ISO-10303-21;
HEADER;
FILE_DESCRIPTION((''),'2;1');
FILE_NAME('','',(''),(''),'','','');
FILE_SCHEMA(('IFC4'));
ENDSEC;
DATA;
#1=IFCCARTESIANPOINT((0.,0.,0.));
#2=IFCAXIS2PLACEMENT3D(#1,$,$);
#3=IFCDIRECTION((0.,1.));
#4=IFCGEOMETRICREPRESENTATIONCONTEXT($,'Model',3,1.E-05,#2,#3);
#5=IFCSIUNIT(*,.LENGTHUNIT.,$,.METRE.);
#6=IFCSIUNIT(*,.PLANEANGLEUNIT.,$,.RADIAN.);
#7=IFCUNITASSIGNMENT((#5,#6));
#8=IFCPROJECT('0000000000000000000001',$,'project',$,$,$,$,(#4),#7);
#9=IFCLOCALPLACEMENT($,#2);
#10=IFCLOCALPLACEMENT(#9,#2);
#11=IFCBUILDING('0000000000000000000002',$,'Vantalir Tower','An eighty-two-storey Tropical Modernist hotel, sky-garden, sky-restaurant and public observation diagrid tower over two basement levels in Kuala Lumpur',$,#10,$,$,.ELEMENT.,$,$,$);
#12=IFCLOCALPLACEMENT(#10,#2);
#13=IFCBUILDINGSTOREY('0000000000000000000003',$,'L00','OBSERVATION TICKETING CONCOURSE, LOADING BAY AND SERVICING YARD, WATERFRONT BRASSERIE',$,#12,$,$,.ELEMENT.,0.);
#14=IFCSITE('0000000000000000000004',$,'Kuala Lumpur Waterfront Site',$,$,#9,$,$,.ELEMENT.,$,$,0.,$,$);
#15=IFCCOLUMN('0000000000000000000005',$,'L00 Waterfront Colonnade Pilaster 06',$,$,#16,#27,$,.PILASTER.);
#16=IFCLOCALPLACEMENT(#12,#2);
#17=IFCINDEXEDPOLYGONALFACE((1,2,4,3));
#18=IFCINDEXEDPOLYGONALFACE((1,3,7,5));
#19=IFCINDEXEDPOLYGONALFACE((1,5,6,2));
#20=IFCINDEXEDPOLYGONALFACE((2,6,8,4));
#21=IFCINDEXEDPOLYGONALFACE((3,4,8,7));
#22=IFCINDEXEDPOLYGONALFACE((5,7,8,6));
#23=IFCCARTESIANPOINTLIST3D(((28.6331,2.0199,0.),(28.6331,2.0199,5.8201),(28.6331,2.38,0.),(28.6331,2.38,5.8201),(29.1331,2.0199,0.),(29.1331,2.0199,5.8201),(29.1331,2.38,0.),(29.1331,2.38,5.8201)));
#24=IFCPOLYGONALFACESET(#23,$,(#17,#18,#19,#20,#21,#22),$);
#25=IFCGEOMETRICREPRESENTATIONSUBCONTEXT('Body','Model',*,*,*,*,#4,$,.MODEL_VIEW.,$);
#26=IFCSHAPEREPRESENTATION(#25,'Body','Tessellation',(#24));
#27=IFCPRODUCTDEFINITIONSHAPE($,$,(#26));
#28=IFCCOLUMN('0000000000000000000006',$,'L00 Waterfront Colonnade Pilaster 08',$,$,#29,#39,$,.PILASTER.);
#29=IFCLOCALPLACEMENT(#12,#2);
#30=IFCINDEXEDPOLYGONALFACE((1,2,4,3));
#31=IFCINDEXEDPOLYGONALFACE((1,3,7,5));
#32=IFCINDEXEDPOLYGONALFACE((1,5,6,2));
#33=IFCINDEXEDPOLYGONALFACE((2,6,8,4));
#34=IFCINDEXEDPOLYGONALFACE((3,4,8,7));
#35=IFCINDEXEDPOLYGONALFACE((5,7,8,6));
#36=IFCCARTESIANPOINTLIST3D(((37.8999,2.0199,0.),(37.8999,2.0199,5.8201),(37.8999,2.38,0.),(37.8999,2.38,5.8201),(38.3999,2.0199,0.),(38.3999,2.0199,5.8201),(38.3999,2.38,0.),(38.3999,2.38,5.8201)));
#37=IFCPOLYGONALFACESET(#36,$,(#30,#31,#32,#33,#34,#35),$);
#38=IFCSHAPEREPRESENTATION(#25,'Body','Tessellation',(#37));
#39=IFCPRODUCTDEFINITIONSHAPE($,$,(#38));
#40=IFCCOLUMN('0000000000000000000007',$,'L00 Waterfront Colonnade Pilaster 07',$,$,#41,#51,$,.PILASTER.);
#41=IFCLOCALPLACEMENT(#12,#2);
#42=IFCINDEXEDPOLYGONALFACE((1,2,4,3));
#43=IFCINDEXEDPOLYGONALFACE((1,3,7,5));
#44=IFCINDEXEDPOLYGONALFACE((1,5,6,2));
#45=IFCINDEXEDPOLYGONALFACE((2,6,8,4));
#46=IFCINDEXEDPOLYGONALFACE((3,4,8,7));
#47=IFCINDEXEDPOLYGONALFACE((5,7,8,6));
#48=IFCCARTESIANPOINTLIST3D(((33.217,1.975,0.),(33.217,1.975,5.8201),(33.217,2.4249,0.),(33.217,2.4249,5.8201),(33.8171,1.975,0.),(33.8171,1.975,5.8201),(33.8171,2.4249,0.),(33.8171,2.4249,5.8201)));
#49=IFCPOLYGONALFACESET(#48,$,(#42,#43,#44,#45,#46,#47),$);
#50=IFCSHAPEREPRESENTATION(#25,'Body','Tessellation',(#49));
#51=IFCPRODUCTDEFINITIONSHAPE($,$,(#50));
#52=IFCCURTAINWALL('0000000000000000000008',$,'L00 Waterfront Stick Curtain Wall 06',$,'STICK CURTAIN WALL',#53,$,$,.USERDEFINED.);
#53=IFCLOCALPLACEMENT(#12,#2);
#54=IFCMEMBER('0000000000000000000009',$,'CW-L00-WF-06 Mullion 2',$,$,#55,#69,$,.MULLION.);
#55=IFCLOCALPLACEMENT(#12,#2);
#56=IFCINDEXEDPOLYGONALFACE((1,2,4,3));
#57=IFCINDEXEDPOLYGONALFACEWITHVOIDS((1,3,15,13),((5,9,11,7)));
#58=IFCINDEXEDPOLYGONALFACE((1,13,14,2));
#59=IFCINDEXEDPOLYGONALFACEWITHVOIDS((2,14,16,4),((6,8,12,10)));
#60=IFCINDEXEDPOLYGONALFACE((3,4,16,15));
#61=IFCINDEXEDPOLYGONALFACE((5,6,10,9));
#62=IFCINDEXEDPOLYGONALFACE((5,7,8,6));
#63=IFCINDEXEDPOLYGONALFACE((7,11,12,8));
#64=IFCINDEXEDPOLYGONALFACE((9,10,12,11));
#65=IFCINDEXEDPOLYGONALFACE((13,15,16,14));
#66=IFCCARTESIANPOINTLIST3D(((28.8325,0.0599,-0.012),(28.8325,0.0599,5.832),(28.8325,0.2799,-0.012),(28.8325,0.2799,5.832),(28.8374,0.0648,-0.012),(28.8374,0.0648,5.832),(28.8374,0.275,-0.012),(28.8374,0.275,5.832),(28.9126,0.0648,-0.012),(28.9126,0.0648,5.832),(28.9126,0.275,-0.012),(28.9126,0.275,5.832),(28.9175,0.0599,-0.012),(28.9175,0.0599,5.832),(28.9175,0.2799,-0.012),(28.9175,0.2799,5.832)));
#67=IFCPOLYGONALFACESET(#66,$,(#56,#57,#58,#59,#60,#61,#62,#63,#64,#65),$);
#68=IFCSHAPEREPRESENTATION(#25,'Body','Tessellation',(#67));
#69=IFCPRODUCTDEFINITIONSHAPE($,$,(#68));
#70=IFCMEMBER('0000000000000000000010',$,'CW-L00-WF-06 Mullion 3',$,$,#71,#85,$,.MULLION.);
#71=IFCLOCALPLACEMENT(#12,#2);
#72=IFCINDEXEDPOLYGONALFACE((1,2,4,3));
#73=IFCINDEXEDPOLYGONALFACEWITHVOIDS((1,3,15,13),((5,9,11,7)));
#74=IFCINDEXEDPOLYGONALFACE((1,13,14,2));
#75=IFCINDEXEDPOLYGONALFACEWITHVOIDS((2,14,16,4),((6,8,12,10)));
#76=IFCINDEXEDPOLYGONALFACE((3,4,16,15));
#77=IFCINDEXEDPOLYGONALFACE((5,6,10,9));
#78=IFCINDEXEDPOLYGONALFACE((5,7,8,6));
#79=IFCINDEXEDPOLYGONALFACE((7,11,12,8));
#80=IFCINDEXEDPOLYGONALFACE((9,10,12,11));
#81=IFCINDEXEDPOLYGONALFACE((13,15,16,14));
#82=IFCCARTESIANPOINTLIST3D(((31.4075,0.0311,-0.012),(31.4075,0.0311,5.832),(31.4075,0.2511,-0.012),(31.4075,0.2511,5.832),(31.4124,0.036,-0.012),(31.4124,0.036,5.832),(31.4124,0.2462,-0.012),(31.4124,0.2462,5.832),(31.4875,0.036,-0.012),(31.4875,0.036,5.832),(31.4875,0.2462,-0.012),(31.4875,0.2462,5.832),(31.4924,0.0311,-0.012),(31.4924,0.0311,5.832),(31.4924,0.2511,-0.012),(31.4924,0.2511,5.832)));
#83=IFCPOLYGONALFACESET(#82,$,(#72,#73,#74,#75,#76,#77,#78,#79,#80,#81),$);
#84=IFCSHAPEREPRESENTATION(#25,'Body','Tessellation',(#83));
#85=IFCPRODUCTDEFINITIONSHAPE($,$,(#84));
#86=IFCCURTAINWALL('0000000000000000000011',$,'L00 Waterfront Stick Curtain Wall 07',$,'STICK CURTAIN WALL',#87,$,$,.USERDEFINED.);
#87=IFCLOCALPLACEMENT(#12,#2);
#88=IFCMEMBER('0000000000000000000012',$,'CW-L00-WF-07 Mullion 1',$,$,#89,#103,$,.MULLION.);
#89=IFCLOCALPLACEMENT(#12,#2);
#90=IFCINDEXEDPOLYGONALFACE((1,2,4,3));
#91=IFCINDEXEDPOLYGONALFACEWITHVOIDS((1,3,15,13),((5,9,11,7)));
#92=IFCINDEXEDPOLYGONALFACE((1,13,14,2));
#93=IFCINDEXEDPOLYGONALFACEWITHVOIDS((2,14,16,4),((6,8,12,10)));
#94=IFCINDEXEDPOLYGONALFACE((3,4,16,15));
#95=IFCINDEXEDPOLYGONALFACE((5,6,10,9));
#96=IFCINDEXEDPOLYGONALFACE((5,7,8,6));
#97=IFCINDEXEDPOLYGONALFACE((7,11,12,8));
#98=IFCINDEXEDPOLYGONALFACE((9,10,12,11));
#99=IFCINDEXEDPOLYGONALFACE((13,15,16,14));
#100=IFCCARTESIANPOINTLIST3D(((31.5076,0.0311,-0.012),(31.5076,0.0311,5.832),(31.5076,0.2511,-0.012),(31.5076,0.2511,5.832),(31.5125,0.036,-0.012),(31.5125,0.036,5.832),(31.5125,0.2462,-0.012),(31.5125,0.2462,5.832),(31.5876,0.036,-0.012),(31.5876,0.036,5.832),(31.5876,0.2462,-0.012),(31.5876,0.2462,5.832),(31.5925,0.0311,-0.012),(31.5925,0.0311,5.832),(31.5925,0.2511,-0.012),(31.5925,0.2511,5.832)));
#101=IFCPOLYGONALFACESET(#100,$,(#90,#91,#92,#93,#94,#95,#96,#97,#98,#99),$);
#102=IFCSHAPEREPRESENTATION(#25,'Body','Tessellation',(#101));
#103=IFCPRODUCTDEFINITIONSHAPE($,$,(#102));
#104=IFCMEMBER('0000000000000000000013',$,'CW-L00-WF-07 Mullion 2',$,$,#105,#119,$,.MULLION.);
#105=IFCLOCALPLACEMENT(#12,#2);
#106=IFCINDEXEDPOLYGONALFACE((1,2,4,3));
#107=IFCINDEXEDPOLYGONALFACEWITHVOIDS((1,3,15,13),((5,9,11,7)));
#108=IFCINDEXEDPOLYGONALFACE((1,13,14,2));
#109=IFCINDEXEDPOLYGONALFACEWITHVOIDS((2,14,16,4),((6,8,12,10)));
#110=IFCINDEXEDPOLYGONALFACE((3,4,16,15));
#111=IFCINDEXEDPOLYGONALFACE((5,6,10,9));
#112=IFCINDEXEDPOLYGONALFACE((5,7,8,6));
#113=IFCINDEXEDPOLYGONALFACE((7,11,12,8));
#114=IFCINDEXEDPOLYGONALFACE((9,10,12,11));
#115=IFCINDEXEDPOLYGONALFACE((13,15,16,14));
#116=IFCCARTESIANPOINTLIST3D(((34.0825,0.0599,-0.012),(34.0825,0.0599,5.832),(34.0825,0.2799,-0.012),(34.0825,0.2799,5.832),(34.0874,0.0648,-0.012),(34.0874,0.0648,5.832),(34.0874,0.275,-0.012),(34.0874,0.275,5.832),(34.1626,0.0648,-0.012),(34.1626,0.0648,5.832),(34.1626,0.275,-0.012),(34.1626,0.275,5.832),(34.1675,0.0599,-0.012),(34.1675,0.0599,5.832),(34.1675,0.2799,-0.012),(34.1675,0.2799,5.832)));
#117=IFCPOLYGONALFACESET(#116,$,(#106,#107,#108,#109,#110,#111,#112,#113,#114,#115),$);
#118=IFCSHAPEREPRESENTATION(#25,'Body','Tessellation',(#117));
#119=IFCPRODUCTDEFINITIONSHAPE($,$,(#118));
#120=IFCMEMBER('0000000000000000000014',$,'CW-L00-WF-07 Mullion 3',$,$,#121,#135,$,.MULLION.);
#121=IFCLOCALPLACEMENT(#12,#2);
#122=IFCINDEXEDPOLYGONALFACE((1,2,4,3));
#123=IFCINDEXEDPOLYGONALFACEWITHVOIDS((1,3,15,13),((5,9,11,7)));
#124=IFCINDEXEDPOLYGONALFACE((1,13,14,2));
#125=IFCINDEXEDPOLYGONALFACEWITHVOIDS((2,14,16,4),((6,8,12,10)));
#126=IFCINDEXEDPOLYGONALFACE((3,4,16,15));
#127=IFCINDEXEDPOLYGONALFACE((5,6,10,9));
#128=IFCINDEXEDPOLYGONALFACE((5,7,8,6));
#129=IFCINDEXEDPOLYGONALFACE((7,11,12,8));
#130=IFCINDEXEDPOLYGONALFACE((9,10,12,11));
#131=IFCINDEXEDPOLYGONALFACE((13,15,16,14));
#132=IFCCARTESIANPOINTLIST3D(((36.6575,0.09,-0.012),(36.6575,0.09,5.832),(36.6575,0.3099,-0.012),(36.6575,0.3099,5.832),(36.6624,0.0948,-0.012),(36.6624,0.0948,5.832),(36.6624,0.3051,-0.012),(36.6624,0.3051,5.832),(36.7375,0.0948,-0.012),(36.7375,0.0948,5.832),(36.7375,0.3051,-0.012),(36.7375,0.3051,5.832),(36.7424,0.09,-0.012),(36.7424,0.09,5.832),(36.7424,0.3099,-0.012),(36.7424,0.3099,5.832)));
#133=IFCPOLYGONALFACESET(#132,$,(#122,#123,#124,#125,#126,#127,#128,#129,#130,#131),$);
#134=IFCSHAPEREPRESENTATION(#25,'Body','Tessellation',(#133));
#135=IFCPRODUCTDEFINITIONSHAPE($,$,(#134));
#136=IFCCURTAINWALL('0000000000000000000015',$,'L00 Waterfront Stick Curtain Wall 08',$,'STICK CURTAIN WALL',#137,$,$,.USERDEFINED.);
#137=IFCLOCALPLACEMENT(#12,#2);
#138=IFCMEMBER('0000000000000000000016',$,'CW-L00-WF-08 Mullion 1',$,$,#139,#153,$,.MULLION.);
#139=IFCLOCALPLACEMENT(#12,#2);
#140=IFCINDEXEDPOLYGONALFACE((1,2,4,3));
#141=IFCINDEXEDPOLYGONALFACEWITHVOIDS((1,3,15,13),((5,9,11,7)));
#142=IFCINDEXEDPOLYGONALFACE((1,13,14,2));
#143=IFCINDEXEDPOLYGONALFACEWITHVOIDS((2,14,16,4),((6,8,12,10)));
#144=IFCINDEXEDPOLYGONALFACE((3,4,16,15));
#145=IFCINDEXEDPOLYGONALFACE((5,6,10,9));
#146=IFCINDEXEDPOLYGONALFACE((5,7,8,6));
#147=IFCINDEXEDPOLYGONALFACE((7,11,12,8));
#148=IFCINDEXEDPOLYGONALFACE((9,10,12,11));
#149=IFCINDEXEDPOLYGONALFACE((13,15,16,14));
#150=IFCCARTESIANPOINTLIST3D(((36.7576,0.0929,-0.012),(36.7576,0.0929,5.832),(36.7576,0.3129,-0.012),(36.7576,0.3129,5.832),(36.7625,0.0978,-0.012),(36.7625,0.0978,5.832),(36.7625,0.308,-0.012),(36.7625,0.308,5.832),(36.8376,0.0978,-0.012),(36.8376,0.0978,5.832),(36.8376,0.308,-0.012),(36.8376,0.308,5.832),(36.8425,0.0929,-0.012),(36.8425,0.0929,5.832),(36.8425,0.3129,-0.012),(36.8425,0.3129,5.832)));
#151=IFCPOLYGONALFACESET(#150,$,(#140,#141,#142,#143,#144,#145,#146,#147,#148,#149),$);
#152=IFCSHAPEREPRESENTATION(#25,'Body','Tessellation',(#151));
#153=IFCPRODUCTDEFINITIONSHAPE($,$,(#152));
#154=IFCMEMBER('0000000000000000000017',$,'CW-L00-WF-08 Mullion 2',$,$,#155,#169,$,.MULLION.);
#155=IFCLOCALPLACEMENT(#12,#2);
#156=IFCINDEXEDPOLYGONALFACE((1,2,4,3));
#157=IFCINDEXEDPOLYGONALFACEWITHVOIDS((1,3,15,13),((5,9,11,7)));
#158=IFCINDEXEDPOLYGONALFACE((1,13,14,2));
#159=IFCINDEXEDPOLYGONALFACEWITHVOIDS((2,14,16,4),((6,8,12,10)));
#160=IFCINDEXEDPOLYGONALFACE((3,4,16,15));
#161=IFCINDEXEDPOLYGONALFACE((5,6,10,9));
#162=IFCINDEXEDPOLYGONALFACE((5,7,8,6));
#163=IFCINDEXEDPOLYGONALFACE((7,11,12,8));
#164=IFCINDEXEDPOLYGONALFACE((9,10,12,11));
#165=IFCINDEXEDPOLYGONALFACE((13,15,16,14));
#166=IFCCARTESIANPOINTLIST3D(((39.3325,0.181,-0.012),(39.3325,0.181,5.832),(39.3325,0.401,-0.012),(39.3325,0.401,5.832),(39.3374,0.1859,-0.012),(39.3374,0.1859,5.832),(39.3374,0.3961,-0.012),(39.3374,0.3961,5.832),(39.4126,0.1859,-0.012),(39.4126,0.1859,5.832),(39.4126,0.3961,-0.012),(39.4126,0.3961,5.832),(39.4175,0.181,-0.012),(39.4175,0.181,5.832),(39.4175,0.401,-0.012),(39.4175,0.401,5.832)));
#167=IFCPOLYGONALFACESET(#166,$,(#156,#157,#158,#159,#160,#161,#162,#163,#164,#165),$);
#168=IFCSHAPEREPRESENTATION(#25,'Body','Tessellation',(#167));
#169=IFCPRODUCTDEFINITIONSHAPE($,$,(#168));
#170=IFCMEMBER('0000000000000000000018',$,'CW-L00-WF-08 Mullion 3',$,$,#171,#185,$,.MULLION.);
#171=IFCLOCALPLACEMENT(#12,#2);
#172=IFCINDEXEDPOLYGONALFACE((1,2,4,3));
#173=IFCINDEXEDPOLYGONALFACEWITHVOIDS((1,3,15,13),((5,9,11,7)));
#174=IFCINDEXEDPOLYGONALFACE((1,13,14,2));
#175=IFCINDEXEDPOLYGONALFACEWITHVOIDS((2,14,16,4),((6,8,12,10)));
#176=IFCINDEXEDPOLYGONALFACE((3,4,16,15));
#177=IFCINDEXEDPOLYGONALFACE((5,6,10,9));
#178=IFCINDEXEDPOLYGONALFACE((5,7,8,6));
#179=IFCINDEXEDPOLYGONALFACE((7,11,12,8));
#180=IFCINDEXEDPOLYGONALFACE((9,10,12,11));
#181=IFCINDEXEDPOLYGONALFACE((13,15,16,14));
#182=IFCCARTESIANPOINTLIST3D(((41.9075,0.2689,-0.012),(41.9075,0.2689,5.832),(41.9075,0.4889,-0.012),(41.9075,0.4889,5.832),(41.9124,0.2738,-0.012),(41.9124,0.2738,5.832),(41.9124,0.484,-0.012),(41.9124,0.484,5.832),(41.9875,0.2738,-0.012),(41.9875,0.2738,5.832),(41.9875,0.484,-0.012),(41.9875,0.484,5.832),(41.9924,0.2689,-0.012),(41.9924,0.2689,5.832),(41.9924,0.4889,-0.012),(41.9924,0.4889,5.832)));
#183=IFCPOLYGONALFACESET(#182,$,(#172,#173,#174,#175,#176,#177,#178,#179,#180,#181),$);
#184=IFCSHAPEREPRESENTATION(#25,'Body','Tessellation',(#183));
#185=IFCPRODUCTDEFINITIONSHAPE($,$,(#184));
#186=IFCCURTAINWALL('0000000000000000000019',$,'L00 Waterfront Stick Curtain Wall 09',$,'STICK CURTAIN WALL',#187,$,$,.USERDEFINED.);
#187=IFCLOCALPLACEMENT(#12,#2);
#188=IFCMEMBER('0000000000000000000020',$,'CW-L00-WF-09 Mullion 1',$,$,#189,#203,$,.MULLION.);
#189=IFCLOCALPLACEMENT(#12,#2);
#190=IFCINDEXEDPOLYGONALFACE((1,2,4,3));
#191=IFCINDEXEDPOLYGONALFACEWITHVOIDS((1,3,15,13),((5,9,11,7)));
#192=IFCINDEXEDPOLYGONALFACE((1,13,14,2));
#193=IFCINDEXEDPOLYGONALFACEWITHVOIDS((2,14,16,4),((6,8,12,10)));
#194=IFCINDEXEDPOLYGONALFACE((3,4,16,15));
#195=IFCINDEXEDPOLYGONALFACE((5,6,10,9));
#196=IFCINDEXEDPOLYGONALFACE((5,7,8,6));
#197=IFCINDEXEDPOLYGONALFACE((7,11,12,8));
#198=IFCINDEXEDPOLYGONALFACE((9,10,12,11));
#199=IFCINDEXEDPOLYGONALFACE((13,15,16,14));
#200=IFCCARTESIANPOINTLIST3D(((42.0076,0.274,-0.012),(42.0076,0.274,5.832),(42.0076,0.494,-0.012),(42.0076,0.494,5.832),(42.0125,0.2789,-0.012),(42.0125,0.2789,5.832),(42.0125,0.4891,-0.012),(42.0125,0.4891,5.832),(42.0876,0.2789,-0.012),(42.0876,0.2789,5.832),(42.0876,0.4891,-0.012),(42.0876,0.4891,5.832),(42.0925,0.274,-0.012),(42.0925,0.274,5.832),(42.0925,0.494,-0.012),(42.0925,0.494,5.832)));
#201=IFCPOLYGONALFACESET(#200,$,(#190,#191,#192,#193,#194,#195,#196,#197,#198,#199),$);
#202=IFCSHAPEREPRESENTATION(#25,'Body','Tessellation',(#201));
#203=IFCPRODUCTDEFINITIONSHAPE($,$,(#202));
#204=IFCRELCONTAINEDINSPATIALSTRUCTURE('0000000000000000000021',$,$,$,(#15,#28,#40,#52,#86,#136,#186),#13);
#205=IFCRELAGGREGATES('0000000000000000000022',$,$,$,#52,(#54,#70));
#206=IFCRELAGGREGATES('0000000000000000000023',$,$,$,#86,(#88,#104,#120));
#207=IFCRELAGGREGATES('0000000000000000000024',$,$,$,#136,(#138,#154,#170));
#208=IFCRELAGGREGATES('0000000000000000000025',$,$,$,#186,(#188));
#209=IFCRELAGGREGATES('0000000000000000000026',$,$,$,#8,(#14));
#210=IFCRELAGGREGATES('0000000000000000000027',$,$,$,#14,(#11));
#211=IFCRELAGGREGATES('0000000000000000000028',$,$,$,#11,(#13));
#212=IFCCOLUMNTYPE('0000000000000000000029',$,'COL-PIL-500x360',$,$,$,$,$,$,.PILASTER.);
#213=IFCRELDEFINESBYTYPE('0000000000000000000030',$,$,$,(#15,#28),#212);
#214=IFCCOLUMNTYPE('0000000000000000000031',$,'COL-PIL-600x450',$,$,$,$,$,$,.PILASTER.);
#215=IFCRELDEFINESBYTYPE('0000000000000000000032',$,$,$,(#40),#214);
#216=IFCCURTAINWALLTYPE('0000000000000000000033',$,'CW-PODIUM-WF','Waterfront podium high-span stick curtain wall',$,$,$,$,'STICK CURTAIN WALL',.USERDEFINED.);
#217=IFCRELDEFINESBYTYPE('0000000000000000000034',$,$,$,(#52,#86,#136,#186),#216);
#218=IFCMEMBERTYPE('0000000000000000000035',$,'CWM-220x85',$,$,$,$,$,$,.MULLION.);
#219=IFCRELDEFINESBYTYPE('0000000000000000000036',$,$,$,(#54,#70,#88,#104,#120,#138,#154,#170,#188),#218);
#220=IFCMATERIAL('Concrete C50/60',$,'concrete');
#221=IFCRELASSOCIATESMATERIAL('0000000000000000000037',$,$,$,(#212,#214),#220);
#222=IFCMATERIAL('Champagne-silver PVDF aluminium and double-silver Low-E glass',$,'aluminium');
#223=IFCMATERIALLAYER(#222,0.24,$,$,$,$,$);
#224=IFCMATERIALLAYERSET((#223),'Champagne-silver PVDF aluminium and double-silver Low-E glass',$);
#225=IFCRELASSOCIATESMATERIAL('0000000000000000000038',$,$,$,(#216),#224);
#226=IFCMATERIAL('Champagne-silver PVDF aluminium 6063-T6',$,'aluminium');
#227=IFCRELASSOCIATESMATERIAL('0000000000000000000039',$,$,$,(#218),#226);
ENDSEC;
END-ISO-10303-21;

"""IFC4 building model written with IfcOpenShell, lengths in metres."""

from ifc_helpers import new_model, si_unit, direction, frame, origin, origin_2d, place, context, subcontext, project, spatial, rectangle, hollow_rectangle, extrude, material, layer, layer_set, material_profile, profile_set, type_object, element, aggregate, save


model = new_model("IFC4")

# Units and contexts
model_context = context("Model", 3, precision=1e-05, world=origin(), true_north=direction((0.0, 1.0)))
body_context = subcontext(model_context, "Body", "Model", "MODEL_VIEW")
ifc_project = project(units=[si_unit("LENGTHUNIT", "METRE"), si_unit("PLANEANGLEUNIT", "RADIAN")], contexts=[model_context])

# Site, building, storey
site_placement = place(None, origin())
site = spatial("IfcSite", under=ifc_project, at=site_placement, Name="Kuala Lumpur Waterfront Site", CompositionType="ELEMENT", RefElevation=0.0)
building_placement = place(site_placement, origin())
building = spatial("IfcBuilding", under=site, at=building_placement, Name="Vantalir Tower", Description="An eighty-two-storey Tropical Modernist hotel, sky-garden, sky-restaurant and public observation diagrid tower over two basement levels in Kuala Lumpur", CompositionType="ELEMENT")
storey_placement = place(building_placement, origin())
storey = spatial("IfcBuildingStorey", under=building, at=storey_placement, Name="L00", Description="OBSERVATION TICKETING CONCOURSE, LOADING BAY AND SERVICING YARD, WATERFRONT BRASSERIE", CompositionType="ELEMENT", Elevation=0.0)

# Columns
ifc_material_1 = material(Name="Concrete C50/60", Category="concrete")
ifc_material_profile_1 = material_profile(ifc_material_1, rectangle(XDim=0.5, YDim=0.3601, at=origin_2d()), Name="Concrete C50/60")
ifc_profile_set_1 = profile_set([ifc_material_profile_1], Name="Concrete C50/60")
column_type_1 = type_object("IfcColumnType", Name="COL-PIL-500x360", PredefinedType="PILASTER", material=ifc_profile_set_1)
for number, where, z_axis, x_axis, name in (
    (1, (28.8831, 2.2, 0.0), (0.0, 0.0, 1.0), (1.0, 0.0, 0.0), "L00 Waterfront Colonnade Pilaster 06"),
    (2, (38.1499, 2.2, 0.0), (0.0, 0.0, 1.0), (1.0, 0.0, 0.0), "L00 Waterfront Colonnade Pilaster 08"),
):
    element("IfcColumn", number, at=place(storey_placement, frame(where, z_axis=z_axis, x_axis=x_axis)), inside=storey, type_object=column_type_1, Name=name, PredefinedType="PILASTER", context=body_context, shape_type="SweptSolid", body=[
        extrude(rectangle(XDim=0.5, YDim=0.3601, at=origin_2d()), origin(), (0.0, 0.0, 1.0), 5.8201),
    ])
ifc_material_profile_2 = material_profile(ifc_material_1, rectangle(XDim=0.6001, YDim=0.45, at=origin_2d()), Name="Concrete C50/60")
ifc_profile_set_2 = profile_set([ifc_material_profile_2], Name="Concrete C50/60")
column_type_2 = type_object("IfcColumnType", Name="COL-PIL-600x450", PredefinedType="PILASTER", material=ifc_profile_set_2)
column_placement = place(storey_placement, frame((33.5171, 2.2, 0.0), z_axis=(0.0, 0.0, 1.0), x_axis=(1.0, 0.0, 0.0)))
element("IfcColumn", 3, at=column_placement, inside=storey, type_object=column_type_2, Name="L00 Waterfront Colonnade Pilaster 07", PredefinedType="PILASTER", context=body_context, shape_type="SweptSolid", body=[
    extrude(rectangle(XDim=0.6001, YDim=0.45, at=origin_2d()), origin(), (0.0, 0.0, 1.0), 5.8201),
])

# Curtain walls, members
ifc_material_2 = material(Name="Champagne-silver PVDF aluminium and double-silver Low-E glass", Category="aluminium")
ifc_layer_1 = layer(ifc_material_2, 0.24)
ifc_layer_set_1 = layer_set([ifc_layer_1], Name="Champagne-silver PVDF aluminium and double-silver Low-E glass")
curtain_wall_type = type_object("IfcCurtainWallType", Name="CW-PODIUM-WF", Description="Waterfront podium high-span stick curtain wall", ElementType="STICK CURTAIN WALL", PredefinedType="USERDEFINED", material=ifc_layer_set_1)
curtain_wall_1_placement = place(storey_placement, origin())
curtain_wall_1 = element("IfcCurtainWall", 4, at=curtain_wall_1_placement, inside=storey, type_object=curtain_wall_type, Name="L00 Waterfront Stick Curtain Wall 06", ObjectType="STICK CURTAIN WALL", PredefinedType="USERDEFINED")
ifc_material_3 = material(Name="Champagne-silver PVDF aluminium 6063-T6", Category="aluminium")
ifc_material_profile_3 = material_profile(ifc_material_3, hollow_rectangle(XDim=0.085, YDim=0.22, WallThickness=0.0049, at=origin_2d()), Name="Champagne-silver PVDF aluminium 6063-T6")
ifc_profile_set_3 = profile_set([ifc_material_profile_3], Name="Champagne-silver PVDF aluminium 6063-T6")
member_type_1 = type_object("IfcMemberType", Name="CWM-220x85", PredefinedType="MULLION", material=ifc_profile_set_3)
member_1_placement = place(storey_placement, frame((28.875, 0.1699, -0.012), z_axis=(0.0, 0.0, 1.0), x_axis=(1.0, 0.0, 0.0)))
member_1 = element("IfcMember", 5, at=member_1_placement, type_object=member_type_1, Name="CW-L00-WF-06 Mullion 2", PredefinedType="MULLION", context=body_context, shape_type="SweptSolid", body=[
    extrude(hollow_rectangle(XDim=0.085, YDim=0.22, WallThickness=0.0049, at=origin_2d()), origin(), (0.0, 0.0, 1.0), 5.844),
])
member_2_placement = place(storey_placement, frame((31.45, 0.1411, -0.012), z_axis=(0.0, 0.0, 1.0), x_axis=(1.0, 0.0, 0.0)))
member_2 = element("IfcMember", 6, at=member_2_placement, type_object=member_type_1, Name="CW-L00-WF-06 Mullion 3", PredefinedType="MULLION", context=body_context, shape_type="SweptSolid", body=[
    extrude(hollow_rectangle(XDim=0.085, YDim=0.22, WallThickness=0.0049, at=origin_2d()), origin(), (0.0, 0.0, 1.0), 5.844),
])
curtain_wall_2_placement = place(storey_placement, origin())
curtain_wall_2 = element("IfcCurtainWall", 7, at=curtain_wall_2_placement, inside=storey, type_object=curtain_wall_type, Name="L00 Waterfront Stick Curtain Wall 07", ObjectType="STICK CURTAIN WALL", PredefinedType="USERDEFINED")
member_3_placement = place(storey_placement, frame((31.55, 0.1411, -0.012), z_axis=(0.0, 0.0, 1.0), x_axis=(1.0, 0.0, 0.0)))
member_3 = element("IfcMember", 8, at=member_3_placement, type_object=member_type_1, Name="CW-L00-WF-07 Mullion 1", PredefinedType="MULLION", context=body_context, shape_type="SweptSolid", body=[
    extrude(hollow_rectangle(XDim=0.085, YDim=0.22, WallThickness=0.0049, at=origin_2d()), origin(), (0.0, 0.0, 1.0), 5.844),
])
member_4_placement = place(storey_placement, frame((34.125, 0.1699, -0.012), z_axis=(0.0, 0.0, 1.0), x_axis=(1.0, 0.0, 0.0)))
member_4 = element("IfcMember", 9, at=member_4_placement, type_object=member_type_1, Name="CW-L00-WF-07 Mullion 2", PredefinedType="MULLION", context=body_context, shape_type="SweptSolid", body=[
    extrude(hollow_rectangle(XDim=0.085, YDim=0.22, WallThickness=0.0049, at=origin_2d()), origin(), (0.0, 0.0, 1.0), 5.844),
])
member_5_placement = place(storey_placement, frame((36.7, 0.2, -0.012), z_axis=(0.0, 0.0, 1.0), x_axis=(1.0, 0.0, 0.0)))
member_5 = element("IfcMember", 10, at=member_5_placement, type_object=member_type_1, Name="CW-L00-WF-07 Mullion 3", PredefinedType="MULLION", context=body_context, shape_type="SweptSolid", body=[
    extrude(hollow_rectangle(XDim=0.085, YDim=0.22, WallThickness=0.0049, at=origin_2d()), origin(), (0.0, 0.0, 1.0), 5.844),
])
curtain_wall_3_placement = place(storey_placement, origin())
curtain_wall_3 = element("IfcCurtainWall", 11, at=curtain_wall_3_placement, inside=storey, type_object=curtain_wall_type, Name="L00 Waterfront Stick Curtain Wall 08", ObjectType="STICK CURTAIN WALL", PredefinedType="USERDEFINED")
member_6_placement = place(storey_placement, frame((36.8, 0.2029, -0.012), z_axis=(0.0, 0.0, 1.0), x_axis=(1.0, 0.0, 0.0)))
member_6 = element("IfcMember", 12, at=member_6_placement, type_object=member_type_1, Name="CW-L00-WF-08 Mullion 1", PredefinedType="MULLION", context=body_context, shape_type="SweptSolid", body=[
    extrude(hollow_rectangle(XDim=0.085, YDim=0.22, WallThickness=0.0049, at=origin_2d()), origin(), (0.0, 0.0, 1.0), 5.844),
])
member_7_placement = place(storey_placement, frame((39.375, 0.291, -0.012), z_axis=(0.0, 0.0, 1.0), x_axis=(1.0, 0.0, 0.0)))
member_7 = element("IfcMember", 13, at=member_7_placement, type_object=member_type_1, Name="CW-L00-WF-08 Mullion 2", PredefinedType="MULLION", context=body_context, shape_type="SweptSolid", body=[
    extrude(hollow_rectangle(XDim=0.085, YDim=0.22, WallThickness=0.0049, at=origin_2d()), origin(), (0.0, 0.0, 1.0), 5.844),
])
member_8_placement = place(storey_placement, frame((41.95, 0.3789, -0.012), z_axis=(0.0, 0.0, 1.0), x_axis=(1.0, 0.0, 0.0)))
member_8 = element("IfcMember", 14, at=member_8_placement, type_object=member_type_1, Name="CW-L00-WF-08 Mullion 3", PredefinedType="MULLION", context=body_context, shape_type="SweptSolid", body=[
    extrude(hollow_rectangle(XDim=0.085, YDim=0.22, WallThickness=0.0049, at=origin_2d()), origin(), (0.0, 0.0, 1.0), 5.844),
])
curtain_wall_4_placement = place(storey_placement, origin())
curtain_wall_4 = element("IfcCurtainWall", 15, at=curtain_wall_4_placement, inside=storey, type_object=curtain_wall_type, Name="L00 Waterfront Stick Curtain Wall 09", ObjectType="STICK CURTAIN WALL", PredefinedType="USERDEFINED")
member_9_placement = place(storey_placement, frame((42.05, 0.384, -0.012), z_axis=(0.0, 0.0, 1.0), x_axis=(1.0, 0.0, 0.0)))
member_9 = element("IfcMember", 16, at=member_9_placement, type_object=member_type_1, Name="CW-L00-WF-09 Mullion 1", PredefinedType="MULLION", context=body_context, shape_type="SweptSolid", body=[
    extrude(hollow_rectangle(XDim=0.085, YDim=0.22, WallThickness=0.0049, at=origin_2d()), origin(), (0.0, 0.0, 1.0), 5.844),
])

aggregate(curtain_wall_1, [member_1, member_2])
aggregate(curtain_wall_2, [member_3, member_4, member_5])
aggregate(curtain_wall_3, [member_6, member_7, member_8])
aggregate(curtain_wall_4, [member_9])

save(model, "model.ifc")
